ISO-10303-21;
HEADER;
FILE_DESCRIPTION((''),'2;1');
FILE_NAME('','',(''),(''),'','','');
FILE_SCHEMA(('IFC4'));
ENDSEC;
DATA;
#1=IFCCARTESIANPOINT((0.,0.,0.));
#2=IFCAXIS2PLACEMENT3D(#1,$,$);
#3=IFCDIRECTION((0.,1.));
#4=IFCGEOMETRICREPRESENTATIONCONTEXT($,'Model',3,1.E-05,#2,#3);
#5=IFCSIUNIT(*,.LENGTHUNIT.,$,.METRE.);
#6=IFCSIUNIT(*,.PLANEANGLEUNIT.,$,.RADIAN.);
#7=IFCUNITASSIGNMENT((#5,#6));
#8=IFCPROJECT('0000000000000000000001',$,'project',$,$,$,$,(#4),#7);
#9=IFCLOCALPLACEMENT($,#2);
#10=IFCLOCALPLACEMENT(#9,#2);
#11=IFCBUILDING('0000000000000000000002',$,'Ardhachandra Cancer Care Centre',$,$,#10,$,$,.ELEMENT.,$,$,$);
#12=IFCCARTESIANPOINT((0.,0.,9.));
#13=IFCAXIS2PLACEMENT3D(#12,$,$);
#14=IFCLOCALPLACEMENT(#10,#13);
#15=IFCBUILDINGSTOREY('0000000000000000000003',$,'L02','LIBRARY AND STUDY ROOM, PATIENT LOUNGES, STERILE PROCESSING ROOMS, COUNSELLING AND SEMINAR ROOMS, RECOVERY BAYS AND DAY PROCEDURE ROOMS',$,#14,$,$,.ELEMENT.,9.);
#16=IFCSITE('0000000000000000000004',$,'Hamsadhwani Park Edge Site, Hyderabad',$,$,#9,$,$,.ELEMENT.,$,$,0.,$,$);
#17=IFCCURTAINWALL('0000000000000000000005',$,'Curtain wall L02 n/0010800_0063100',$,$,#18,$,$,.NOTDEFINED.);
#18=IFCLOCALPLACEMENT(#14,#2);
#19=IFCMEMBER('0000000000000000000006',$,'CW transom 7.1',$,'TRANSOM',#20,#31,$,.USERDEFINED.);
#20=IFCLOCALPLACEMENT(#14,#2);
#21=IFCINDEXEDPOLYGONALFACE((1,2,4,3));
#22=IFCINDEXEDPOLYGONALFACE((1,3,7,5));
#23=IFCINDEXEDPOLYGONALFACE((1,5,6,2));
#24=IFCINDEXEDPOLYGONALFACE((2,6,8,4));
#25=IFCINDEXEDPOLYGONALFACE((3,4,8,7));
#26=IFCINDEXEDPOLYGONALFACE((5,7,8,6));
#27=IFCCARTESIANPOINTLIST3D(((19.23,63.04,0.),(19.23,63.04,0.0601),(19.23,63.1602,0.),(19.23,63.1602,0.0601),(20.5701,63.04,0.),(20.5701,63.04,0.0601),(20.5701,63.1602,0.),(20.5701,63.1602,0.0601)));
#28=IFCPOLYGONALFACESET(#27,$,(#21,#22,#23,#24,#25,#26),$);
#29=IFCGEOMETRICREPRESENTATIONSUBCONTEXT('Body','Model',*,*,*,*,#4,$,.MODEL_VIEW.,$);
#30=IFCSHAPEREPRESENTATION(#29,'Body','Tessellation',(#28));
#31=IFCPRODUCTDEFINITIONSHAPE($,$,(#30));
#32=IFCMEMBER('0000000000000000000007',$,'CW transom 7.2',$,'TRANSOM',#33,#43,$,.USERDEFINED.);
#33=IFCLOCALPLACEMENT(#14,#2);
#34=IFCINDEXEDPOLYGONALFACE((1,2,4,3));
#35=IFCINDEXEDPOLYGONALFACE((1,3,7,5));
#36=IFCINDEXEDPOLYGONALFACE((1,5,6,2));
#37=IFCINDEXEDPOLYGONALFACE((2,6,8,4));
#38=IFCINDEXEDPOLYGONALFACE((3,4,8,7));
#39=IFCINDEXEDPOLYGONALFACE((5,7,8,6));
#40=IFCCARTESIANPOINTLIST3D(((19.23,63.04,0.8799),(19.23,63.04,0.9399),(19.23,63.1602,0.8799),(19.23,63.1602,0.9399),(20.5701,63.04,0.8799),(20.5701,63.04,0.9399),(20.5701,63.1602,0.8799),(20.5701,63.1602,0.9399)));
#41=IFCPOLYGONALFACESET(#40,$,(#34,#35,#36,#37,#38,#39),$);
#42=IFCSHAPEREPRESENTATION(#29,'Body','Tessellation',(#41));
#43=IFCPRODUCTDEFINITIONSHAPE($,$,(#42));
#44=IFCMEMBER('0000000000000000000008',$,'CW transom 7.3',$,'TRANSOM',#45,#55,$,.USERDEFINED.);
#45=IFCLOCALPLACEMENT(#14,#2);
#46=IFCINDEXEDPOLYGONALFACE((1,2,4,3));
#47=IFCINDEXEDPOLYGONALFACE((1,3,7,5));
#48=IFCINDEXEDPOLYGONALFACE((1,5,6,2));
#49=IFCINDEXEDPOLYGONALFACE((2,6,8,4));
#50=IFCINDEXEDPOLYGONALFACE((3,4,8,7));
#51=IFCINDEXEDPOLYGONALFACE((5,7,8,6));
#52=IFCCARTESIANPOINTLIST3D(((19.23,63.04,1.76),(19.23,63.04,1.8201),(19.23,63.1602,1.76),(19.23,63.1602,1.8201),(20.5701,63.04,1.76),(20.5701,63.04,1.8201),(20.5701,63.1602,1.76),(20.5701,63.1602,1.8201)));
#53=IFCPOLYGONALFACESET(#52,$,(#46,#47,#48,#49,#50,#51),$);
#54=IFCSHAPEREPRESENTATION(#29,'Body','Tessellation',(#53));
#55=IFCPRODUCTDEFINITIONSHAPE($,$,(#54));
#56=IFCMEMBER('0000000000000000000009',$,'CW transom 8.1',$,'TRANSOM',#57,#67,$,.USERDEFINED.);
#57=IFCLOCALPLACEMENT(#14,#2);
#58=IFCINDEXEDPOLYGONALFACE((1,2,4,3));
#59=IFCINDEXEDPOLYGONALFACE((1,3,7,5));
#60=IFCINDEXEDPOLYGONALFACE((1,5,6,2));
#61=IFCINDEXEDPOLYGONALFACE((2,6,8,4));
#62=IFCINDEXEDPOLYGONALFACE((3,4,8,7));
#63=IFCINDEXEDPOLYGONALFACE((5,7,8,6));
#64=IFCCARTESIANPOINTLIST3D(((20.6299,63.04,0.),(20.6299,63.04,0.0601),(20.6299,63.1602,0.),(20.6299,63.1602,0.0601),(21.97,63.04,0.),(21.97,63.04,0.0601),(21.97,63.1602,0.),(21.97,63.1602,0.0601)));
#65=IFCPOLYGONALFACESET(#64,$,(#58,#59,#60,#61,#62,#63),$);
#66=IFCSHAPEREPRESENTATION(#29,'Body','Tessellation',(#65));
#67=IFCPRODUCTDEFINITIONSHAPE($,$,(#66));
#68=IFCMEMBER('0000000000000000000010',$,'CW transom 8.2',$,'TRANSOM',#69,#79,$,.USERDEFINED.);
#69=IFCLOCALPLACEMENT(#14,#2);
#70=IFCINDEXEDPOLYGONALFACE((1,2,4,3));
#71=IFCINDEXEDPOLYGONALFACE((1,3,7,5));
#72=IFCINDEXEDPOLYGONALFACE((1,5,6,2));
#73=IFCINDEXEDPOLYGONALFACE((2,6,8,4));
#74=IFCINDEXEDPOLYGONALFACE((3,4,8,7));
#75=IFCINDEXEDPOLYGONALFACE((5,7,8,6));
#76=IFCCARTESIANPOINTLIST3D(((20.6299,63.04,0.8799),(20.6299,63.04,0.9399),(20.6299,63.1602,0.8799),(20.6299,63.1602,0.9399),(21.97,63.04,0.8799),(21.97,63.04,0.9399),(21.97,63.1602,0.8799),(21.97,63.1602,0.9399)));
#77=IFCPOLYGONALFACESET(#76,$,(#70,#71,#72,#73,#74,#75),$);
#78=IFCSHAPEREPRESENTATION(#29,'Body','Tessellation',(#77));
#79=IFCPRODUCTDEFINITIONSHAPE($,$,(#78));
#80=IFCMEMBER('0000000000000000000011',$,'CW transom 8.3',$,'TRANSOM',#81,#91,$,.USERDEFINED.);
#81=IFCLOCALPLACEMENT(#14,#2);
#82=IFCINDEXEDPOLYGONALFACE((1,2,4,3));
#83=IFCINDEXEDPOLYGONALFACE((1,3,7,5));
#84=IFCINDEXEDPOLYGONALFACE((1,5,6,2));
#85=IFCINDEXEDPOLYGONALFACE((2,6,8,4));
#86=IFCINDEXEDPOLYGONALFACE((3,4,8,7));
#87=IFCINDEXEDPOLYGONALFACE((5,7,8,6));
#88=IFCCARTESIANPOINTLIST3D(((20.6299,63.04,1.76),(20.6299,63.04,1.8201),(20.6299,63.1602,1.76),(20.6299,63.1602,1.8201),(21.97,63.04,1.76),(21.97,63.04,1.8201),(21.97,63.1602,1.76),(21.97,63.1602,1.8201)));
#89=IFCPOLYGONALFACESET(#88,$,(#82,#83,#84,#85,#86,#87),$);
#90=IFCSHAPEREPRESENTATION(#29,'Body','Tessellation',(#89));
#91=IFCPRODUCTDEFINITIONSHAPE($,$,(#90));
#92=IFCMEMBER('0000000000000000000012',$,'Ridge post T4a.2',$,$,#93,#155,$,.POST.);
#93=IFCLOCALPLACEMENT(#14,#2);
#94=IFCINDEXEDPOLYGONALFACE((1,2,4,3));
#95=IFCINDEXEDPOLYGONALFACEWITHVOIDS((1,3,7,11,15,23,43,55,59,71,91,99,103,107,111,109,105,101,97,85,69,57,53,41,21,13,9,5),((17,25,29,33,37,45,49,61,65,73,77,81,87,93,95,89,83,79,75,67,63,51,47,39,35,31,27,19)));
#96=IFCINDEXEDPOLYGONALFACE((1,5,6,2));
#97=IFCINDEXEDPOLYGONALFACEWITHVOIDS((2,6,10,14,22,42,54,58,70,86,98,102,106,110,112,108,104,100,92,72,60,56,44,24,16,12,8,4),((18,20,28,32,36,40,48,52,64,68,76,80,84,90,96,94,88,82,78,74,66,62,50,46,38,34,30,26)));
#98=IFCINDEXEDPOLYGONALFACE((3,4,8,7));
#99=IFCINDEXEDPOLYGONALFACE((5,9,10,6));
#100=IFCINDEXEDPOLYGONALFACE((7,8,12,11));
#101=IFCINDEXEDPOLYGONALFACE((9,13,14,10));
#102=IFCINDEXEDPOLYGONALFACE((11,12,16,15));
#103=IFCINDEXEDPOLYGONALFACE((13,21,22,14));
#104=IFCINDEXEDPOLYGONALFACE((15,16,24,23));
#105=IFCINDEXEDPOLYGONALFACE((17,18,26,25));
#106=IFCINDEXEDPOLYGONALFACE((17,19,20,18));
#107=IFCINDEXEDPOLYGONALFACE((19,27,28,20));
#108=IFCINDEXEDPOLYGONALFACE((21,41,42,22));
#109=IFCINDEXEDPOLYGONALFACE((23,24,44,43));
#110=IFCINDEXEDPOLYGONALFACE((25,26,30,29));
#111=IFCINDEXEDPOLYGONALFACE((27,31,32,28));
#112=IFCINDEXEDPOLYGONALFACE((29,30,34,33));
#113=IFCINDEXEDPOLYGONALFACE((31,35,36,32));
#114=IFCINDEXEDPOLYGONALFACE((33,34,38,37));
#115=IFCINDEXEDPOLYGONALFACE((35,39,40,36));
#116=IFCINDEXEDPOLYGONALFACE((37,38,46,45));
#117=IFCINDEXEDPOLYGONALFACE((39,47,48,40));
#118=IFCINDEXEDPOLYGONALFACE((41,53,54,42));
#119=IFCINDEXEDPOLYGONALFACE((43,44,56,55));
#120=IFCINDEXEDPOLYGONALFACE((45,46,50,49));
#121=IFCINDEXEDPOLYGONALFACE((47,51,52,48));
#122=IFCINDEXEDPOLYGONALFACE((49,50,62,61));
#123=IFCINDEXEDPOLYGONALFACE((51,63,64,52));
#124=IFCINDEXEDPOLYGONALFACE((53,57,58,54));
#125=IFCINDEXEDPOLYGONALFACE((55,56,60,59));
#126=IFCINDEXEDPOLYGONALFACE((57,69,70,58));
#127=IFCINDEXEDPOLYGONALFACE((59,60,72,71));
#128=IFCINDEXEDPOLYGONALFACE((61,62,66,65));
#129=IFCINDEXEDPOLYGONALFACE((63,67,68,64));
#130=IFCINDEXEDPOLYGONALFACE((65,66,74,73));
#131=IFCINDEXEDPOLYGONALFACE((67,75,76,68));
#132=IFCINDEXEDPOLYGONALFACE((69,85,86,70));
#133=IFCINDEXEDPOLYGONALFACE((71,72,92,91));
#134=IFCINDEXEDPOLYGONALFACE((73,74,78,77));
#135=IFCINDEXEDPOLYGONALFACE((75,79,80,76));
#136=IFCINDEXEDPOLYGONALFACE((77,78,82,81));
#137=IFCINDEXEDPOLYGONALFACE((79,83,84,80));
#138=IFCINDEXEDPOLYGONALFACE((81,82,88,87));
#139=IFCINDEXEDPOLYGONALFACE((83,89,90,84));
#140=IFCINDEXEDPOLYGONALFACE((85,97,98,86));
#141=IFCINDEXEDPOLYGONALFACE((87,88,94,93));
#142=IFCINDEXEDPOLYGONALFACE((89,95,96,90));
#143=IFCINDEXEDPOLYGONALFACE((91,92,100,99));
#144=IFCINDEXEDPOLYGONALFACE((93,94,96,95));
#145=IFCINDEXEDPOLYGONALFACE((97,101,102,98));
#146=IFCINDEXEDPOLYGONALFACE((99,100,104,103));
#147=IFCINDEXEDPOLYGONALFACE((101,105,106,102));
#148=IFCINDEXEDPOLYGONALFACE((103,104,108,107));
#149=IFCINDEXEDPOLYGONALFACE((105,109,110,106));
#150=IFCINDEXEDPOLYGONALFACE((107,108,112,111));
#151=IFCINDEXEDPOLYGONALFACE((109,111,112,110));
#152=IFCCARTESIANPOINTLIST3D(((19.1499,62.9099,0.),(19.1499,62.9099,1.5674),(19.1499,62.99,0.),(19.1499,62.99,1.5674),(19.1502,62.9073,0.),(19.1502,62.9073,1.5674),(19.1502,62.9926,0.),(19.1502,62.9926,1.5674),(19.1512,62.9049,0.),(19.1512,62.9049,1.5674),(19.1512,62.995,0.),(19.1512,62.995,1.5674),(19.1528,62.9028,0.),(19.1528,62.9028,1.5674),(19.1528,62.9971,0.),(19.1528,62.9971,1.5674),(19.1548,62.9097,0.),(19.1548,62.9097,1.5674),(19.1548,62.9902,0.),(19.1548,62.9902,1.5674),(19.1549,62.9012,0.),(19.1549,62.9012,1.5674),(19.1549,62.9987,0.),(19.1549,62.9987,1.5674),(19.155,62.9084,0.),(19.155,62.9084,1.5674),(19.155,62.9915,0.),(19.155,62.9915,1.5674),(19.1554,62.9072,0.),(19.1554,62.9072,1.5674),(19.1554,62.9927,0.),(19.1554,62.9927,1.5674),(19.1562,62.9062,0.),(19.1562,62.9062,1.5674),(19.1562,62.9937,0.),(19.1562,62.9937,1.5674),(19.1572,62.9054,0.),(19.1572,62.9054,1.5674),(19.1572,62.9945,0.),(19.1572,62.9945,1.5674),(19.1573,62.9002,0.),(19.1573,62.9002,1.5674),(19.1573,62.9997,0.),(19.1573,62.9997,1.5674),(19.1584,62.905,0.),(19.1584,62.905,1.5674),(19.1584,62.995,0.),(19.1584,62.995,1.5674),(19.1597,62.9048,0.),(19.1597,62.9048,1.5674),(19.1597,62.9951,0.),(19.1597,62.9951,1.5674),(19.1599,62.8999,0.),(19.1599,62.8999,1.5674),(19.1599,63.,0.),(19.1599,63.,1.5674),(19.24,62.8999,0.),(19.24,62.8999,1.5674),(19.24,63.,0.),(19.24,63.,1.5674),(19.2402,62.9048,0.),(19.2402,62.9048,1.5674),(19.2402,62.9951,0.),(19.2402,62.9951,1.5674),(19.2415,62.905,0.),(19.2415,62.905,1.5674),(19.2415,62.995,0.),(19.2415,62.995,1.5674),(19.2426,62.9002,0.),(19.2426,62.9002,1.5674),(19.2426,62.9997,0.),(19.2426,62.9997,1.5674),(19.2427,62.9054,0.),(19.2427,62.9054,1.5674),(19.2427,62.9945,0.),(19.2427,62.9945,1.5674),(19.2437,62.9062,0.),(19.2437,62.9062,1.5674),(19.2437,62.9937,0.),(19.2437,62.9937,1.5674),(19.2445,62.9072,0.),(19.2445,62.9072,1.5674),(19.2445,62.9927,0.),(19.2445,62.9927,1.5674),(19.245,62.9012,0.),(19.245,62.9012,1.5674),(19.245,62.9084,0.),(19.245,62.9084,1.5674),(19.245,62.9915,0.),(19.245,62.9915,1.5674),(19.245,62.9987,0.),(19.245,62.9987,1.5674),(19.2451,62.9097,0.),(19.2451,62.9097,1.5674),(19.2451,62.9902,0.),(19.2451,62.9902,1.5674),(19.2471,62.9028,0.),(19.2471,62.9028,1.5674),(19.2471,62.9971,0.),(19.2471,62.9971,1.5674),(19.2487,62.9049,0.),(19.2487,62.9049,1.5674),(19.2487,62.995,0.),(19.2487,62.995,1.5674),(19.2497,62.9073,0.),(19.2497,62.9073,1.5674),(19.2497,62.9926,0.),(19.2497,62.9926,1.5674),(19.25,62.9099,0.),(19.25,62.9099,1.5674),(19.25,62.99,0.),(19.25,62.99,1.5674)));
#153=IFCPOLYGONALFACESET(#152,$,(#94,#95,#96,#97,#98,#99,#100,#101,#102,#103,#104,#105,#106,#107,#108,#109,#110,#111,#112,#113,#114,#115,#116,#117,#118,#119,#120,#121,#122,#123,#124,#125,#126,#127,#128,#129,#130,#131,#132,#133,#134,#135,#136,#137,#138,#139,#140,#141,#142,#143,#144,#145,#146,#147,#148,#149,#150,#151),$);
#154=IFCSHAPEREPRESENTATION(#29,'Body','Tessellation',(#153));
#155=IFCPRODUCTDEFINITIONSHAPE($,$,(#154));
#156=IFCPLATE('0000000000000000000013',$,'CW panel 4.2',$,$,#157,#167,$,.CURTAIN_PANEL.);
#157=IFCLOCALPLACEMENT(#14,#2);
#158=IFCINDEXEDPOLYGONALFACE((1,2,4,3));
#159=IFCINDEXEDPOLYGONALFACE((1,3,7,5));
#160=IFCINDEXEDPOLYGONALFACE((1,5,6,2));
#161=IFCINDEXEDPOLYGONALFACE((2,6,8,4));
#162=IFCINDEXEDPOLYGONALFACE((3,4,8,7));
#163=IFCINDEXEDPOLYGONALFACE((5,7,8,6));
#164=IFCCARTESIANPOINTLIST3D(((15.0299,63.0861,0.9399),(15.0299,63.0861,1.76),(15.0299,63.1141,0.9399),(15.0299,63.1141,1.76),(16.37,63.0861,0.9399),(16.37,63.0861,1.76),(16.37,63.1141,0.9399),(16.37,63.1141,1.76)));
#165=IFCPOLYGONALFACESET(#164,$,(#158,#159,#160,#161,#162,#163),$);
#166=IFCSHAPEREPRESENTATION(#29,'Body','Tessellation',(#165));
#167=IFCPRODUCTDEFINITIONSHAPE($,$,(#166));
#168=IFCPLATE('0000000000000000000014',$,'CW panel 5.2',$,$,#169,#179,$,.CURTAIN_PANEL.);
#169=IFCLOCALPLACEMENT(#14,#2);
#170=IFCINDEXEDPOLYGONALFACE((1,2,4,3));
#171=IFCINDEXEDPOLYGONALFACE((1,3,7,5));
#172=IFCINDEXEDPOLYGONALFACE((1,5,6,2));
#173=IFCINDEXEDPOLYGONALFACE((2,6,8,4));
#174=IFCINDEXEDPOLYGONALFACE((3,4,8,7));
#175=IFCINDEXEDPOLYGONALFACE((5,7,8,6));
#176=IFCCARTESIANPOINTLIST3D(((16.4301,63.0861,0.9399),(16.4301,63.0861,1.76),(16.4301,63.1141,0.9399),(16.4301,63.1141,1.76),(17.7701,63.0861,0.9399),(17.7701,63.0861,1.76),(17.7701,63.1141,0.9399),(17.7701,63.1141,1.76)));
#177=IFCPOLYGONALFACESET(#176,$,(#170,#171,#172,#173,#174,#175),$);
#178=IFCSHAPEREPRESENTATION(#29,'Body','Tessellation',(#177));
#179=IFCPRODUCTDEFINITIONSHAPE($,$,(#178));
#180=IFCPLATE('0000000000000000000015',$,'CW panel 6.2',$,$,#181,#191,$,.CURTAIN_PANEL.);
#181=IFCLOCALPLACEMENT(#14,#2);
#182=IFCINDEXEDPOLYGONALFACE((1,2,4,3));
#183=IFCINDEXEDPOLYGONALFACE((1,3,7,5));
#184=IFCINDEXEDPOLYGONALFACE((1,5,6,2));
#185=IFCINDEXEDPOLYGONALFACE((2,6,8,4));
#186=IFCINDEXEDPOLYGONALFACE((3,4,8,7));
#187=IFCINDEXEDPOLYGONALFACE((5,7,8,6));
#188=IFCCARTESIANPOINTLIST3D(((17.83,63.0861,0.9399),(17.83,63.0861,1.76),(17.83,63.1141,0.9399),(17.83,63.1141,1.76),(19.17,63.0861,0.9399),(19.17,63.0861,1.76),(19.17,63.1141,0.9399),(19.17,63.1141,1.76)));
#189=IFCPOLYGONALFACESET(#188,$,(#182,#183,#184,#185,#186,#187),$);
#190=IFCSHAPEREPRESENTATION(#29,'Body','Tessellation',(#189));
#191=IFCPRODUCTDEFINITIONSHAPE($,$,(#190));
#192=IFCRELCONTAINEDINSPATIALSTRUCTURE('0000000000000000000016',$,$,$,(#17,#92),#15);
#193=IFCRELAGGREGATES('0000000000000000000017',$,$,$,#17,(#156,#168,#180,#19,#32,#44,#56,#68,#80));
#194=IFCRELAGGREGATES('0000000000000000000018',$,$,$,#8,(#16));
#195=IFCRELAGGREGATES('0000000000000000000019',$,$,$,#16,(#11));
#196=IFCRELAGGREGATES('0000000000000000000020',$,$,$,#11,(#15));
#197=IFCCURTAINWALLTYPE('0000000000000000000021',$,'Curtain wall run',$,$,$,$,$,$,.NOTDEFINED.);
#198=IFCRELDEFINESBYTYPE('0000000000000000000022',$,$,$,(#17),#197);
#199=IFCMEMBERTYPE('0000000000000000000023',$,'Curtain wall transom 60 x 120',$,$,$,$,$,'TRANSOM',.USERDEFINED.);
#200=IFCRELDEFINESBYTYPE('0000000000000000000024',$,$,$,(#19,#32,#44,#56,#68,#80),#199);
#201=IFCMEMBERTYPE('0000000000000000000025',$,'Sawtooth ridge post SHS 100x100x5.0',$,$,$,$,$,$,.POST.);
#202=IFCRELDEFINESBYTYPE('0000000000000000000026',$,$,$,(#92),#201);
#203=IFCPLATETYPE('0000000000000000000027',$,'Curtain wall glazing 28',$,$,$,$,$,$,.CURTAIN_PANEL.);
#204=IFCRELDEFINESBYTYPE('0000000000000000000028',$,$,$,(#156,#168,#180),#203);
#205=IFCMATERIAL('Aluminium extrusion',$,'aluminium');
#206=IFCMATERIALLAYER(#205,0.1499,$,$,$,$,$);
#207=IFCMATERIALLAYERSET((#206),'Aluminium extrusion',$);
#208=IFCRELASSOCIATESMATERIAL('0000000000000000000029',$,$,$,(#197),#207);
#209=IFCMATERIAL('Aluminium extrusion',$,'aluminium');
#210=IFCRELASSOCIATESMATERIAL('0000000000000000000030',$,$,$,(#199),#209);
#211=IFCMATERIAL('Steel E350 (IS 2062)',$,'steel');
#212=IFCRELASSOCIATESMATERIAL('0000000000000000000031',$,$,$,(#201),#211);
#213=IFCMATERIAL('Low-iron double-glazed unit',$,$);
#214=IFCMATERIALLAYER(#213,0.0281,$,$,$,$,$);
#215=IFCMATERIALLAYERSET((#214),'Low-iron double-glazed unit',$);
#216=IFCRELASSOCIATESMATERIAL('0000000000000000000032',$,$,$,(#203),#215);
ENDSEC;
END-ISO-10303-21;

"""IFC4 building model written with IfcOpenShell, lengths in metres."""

from ifc_helpers import new_model, si_unit, direction, frame, origin, origin_2d, place, context, subcontext, project, spatial, rectangle, hollow_rectangle, extrude, material, layer, layer_set, material_profile, profile_set, type_object, element, aggregate, save


model = new_model("IFC4")

# Units and contexts
model_context = context("Model", 3, precision=1e-05, world=origin(), true_north=direction((0.0, 1.0)))
body_context = subcontext(model_context, "Body", "Model", "MODEL_VIEW")
ifc_project = project(units=[si_unit("LENGTHUNIT", "METRE"), si_unit("PLANEANGLEUNIT", "RADIAN")], contexts=[model_context])

# Site, building, storey
site_placement = place(None, origin())
site = spatial("IfcSite", under=ifc_project, at=site_placement, Name="Hamsadhwani Park Edge Site, Hyderabad", CompositionType="ELEMENT", RefElevation=0.0)
building_placement = place(site_placement, origin())
building = spatial("IfcBuilding", under=site, at=building_placement, Name="Ardhachandra Cancer Care Centre", CompositionType="ELEMENT")
storey_placement = place(building_placement, frame((0.0, 0.0, 9.0)))
storey = spatial("IfcBuildingStorey", under=building, at=storey_placement, Name="L02", Description="LIBRARY AND STUDY ROOM, PATIENT LOUNGES, STERILE PROCESSING ROOMS, COUNSELLING AND SEMINAR ROOMS, RECOVERY BAYS AND DAY PROCEDURE ROOMS", CompositionType="ELEMENT", Elevation=9.0)

# Curtain wall, members
ifc_material_1 = material(Name="Aluminium extrusion", Category="aluminium")
ifc_layer_1 = layer(ifc_material_1, 0.1499)
ifc_layer_set_1 = layer_set([ifc_layer_1], Name="Aluminium extrusion")
curtain_wall_type = type_object("IfcCurtainWallType", Name="Curtain wall run", PredefinedType="NOTDEFINED", material=ifc_layer_set_1)
curtain_wall_placement = place(storey_placement, origin())
curtain_wall = element("IfcCurtainWall", 1, at=curtain_wall_placement, inside=storey, type_object=curtain_wall_type, Name="Curtain wall L02 n/0010800_0063100", PredefinedType="NOTDEFINED")
ifc_material_2 = material(Name="Aluminium extrusion", Category="aluminium")
ifc_material_profile_1 = material_profile(ifc_material_2, rectangle(XDim=0.1201, YDim=0.0601, at=origin_2d()), Name="Curtain wall transom 60 x 120")
ifc_profile_set_1 = profile_set([ifc_material_profile_1], Name="Aluminium extrusion")
member_type_1 = type_object("IfcMemberType", Name="Curtain wall transom 60 x 120", ElementType="TRANSOM", PredefinedType="USERDEFINED", material=ifc_profile_set_1)
member_1_placement = place(storey_placement, frame((19.23, 63.1001, 0.03), z_axis=(1.0, 0.0, 0.0), x_axis=(0.0, 1.0, 0.0)))
member_1 = element("IfcMember", 2, at=member_1_placement, type_object=member_type_1, Name="CW transom 7.1", ObjectType="TRANSOM", PredefinedType="USERDEFINED", context=body_context, shape_type="SweptSolid", body=[
    extrude(rectangle(XDim=0.1201, YDim=0.0601, at=origin_2d()), origin(), (0.0, 0.0, 1.0), 1.3401),
])
member_2_placement = place(storey_placement, frame((19.23, 63.1001, 0.9099), z_axis=(1.0, 0.0, 0.0), x_axis=(0.0, 1.0, 0.0)))
member_2 = element("IfcMember", 3, at=member_2_placement, type_object=member_type_1, Name="CW transom 7.2", ObjectType="TRANSOM", PredefinedType="USERDEFINED", context=body_context, shape_type="SweptSolid", body=[
    extrude(rectangle(XDim=0.1201, YDim=0.0601, at=origin_2d()), origin(), (0.0, 0.0, 1.0), 1.3401),
])
member_3_placement = place(storey_placement, frame((19.23, 63.1001, 1.79), z_axis=(1.0, 0.0, 0.0), x_axis=(0.0, 1.0, 0.0)))
member_3 = element("IfcMember", 4, at=member_3_placement, type_object=member_type_1, Name="CW transom 7.3", ObjectType="TRANSOM", PredefinedType="USERDEFINED", context=body_context, shape_type="SweptSolid", body=[
    extrude(rectangle(XDim=0.1201, YDim=0.0601, at=origin_2d()), origin(), (0.0, 0.0, 1.0), 1.3401),
])
member_4_placement = place(storey_placement, frame((20.6299, 63.1001, 0.03), z_axis=(1.0, 0.0, 0.0), x_axis=(0.0, 1.0, 0.0)))
member_4 = element("IfcMember", 5, at=member_4_placement, type_object=member_type_1, Name="CW transom 8.1", ObjectType="TRANSOM", PredefinedType="USERDEFINED", context=body_context, shape_type="SweptSolid", body=[
    extrude(rectangle(XDim=0.1201, YDim=0.0601, at=origin_2d()), origin(), (0.0, 0.0, 1.0), 1.3401),
])
member_5_placement = place(storey_placement, frame((20.6299, 63.1001, 0.9099), z_axis=(1.0, 0.0, 0.0), x_axis=(0.0, 1.0, 0.0)))
member_5 = element("IfcMember", 6, at=member_5_placement, type_object=member_type_1, Name="CW transom 8.2", ObjectType="TRANSOM", PredefinedType="USERDEFINED", context=body_context, shape_type="SweptSolid", body=[
    extrude(rectangle(XDim=0.1201, YDim=0.0601, at=origin_2d()), origin(), (0.0, 0.0, 1.0), 1.3401),
])
member_6_placement = place(storey_placement, frame((20.6299, 63.1001, 1.79), z_axis=(1.0, 0.0, 0.0), x_axis=(0.0, 1.0, 0.0)))
member_6 = element("IfcMember", 7, at=member_6_placement, type_object=member_type_1, Name="CW transom 8.3", ObjectType="TRANSOM", PredefinedType="USERDEFINED", context=body_context, shape_type="SweptSolid", body=[
    extrude(rectangle(XDim=0.1201, YDim=0.0601, at=origin_2d()), origin(), (0.0, 0.0, 1.0), 1.3401),
])

# Member
ifc_material_3 = material(Name="Steel E350 (IS 2062)", Category="steel")
ifc_material_profile_2 = material_profile(ifc_material_3, hollow_rectangle(XDim=0.1001, YDim=0.1001, WallThickness=0.0049, InnerFilletRadius=0.0049, OuterFilletRadius=0.01, at=origin_2d()), Name="SHS 100x100x5.0")
ifc_profile_set_2 = profile_set([ifc_material_profile_2], Name="Steel E350 (IS 2062)")
member_type_2 = type_object("IfcMemberType", Name="Sawtooth ridge post SHS 100x100x5.0", PredefinedType="POST", material=ifc_profile_set_2)
member_7_placement = place(storey_placement, frame((19.2, 62.95, 0.0), z_axis=(0.0, 0.0, 1.0), x_axis=(1.0, 0.0, 0.0)))
element("IfcMember", 8, at=member_7_placement, inside=storey, type_object=member_type_2, Name="Ridge post T4a.2", PredefinedType="POST", context=body_context, shape_type="SweptSolid", body=[
    extrude(hollow_rectangle(XDim=0.1001, YDim=0.1001, WallThickness=0.0049, InnerFilletRadius=0.0049, OuterFilletRadius=0.01, at=origin_2d()), origin(), (0.0, 0.0, 1.0), 1.5674),
])

# Plates
ifc_material_4 = material(Name="Low-iron double-glazed unit")
ifc_layer_2 = layer(ifc_material_4, 0.0281)
ifc_layer_set_2 = layer_set([ifc_layer_2], Name="Low-iron double-glazed unit")
plate_type_1 = type_object("IfcPlateType", Name="Curtain wall glazing 28", PredefinedType="CURTAIN_PANEL", material=ifc_layer_set_2)
plate_1_placement = place(storey_placement, frame((15.7, 63.1001, 0.9399), z_axis=(0.0, 0.0, 1.0), x_axis=(1.0, 0.0, 0.0)))
plate_1 = element("IfcPlate", 9, at=plate_1_placement, type_object=plate_type_1, Name="CW panel 4.2", PredefinedType="CURTAIN_PANEL", context=body_context, shape_type="SweptSolid", body=[
    extrude(rectangle(XDim=1.3401, YDim=0.0281, at=origin_2d()), origin(), (0.0, 0.0, 1.0), 0.8201),
])
plate_2_placement = place(storey_placement, frame((17.1001, 63.1001, 0.9399), z_axis=(0.0, 0.0, 1.0), x_axis=(1.0, 0.0, 0.0)))
plate_2 = element("IfcPlate", 10, at=plate_2_placement, type_object=plate_type_1, Name="CW panel 5.2", PredefinedType="CURTAIN_PANEL", context=body_context, shape_type="SweptSolid", body=[
    extrude(rectangle(XDim=1.3401, YDim=0.0281, at=origin_2d()), origin(), (0.0, 0.0, 1.0), 0.8201),
])
plate_3_placement = place(storey_placement, frame((18.5, 63.1001, 0.9399), z_axis=(0.0, 0.0, 1.0), x_axis=(1.0, 0.0, 0.0)))
plate_3 = element("IfcPlate", 11, at=plate_3_placement, type_object=plate_type_1, Name="CW panel 6.2", PredefinedType="CURTAIN_PANEL", context=body_context, shape_type="SweptSolid", body=[
    extrude(rectangle(XDim=1.3401, YDim=0.0281, at=origin_2d()), origin(), (0.0, 0.0, 1.0), 0.8201),
])
aggregate(curtain_wall, [plate_1, plate_2, plate_3, member_1, member_2, member_3, member_4, member_5, member_6])

save(model, "model.ifc")
